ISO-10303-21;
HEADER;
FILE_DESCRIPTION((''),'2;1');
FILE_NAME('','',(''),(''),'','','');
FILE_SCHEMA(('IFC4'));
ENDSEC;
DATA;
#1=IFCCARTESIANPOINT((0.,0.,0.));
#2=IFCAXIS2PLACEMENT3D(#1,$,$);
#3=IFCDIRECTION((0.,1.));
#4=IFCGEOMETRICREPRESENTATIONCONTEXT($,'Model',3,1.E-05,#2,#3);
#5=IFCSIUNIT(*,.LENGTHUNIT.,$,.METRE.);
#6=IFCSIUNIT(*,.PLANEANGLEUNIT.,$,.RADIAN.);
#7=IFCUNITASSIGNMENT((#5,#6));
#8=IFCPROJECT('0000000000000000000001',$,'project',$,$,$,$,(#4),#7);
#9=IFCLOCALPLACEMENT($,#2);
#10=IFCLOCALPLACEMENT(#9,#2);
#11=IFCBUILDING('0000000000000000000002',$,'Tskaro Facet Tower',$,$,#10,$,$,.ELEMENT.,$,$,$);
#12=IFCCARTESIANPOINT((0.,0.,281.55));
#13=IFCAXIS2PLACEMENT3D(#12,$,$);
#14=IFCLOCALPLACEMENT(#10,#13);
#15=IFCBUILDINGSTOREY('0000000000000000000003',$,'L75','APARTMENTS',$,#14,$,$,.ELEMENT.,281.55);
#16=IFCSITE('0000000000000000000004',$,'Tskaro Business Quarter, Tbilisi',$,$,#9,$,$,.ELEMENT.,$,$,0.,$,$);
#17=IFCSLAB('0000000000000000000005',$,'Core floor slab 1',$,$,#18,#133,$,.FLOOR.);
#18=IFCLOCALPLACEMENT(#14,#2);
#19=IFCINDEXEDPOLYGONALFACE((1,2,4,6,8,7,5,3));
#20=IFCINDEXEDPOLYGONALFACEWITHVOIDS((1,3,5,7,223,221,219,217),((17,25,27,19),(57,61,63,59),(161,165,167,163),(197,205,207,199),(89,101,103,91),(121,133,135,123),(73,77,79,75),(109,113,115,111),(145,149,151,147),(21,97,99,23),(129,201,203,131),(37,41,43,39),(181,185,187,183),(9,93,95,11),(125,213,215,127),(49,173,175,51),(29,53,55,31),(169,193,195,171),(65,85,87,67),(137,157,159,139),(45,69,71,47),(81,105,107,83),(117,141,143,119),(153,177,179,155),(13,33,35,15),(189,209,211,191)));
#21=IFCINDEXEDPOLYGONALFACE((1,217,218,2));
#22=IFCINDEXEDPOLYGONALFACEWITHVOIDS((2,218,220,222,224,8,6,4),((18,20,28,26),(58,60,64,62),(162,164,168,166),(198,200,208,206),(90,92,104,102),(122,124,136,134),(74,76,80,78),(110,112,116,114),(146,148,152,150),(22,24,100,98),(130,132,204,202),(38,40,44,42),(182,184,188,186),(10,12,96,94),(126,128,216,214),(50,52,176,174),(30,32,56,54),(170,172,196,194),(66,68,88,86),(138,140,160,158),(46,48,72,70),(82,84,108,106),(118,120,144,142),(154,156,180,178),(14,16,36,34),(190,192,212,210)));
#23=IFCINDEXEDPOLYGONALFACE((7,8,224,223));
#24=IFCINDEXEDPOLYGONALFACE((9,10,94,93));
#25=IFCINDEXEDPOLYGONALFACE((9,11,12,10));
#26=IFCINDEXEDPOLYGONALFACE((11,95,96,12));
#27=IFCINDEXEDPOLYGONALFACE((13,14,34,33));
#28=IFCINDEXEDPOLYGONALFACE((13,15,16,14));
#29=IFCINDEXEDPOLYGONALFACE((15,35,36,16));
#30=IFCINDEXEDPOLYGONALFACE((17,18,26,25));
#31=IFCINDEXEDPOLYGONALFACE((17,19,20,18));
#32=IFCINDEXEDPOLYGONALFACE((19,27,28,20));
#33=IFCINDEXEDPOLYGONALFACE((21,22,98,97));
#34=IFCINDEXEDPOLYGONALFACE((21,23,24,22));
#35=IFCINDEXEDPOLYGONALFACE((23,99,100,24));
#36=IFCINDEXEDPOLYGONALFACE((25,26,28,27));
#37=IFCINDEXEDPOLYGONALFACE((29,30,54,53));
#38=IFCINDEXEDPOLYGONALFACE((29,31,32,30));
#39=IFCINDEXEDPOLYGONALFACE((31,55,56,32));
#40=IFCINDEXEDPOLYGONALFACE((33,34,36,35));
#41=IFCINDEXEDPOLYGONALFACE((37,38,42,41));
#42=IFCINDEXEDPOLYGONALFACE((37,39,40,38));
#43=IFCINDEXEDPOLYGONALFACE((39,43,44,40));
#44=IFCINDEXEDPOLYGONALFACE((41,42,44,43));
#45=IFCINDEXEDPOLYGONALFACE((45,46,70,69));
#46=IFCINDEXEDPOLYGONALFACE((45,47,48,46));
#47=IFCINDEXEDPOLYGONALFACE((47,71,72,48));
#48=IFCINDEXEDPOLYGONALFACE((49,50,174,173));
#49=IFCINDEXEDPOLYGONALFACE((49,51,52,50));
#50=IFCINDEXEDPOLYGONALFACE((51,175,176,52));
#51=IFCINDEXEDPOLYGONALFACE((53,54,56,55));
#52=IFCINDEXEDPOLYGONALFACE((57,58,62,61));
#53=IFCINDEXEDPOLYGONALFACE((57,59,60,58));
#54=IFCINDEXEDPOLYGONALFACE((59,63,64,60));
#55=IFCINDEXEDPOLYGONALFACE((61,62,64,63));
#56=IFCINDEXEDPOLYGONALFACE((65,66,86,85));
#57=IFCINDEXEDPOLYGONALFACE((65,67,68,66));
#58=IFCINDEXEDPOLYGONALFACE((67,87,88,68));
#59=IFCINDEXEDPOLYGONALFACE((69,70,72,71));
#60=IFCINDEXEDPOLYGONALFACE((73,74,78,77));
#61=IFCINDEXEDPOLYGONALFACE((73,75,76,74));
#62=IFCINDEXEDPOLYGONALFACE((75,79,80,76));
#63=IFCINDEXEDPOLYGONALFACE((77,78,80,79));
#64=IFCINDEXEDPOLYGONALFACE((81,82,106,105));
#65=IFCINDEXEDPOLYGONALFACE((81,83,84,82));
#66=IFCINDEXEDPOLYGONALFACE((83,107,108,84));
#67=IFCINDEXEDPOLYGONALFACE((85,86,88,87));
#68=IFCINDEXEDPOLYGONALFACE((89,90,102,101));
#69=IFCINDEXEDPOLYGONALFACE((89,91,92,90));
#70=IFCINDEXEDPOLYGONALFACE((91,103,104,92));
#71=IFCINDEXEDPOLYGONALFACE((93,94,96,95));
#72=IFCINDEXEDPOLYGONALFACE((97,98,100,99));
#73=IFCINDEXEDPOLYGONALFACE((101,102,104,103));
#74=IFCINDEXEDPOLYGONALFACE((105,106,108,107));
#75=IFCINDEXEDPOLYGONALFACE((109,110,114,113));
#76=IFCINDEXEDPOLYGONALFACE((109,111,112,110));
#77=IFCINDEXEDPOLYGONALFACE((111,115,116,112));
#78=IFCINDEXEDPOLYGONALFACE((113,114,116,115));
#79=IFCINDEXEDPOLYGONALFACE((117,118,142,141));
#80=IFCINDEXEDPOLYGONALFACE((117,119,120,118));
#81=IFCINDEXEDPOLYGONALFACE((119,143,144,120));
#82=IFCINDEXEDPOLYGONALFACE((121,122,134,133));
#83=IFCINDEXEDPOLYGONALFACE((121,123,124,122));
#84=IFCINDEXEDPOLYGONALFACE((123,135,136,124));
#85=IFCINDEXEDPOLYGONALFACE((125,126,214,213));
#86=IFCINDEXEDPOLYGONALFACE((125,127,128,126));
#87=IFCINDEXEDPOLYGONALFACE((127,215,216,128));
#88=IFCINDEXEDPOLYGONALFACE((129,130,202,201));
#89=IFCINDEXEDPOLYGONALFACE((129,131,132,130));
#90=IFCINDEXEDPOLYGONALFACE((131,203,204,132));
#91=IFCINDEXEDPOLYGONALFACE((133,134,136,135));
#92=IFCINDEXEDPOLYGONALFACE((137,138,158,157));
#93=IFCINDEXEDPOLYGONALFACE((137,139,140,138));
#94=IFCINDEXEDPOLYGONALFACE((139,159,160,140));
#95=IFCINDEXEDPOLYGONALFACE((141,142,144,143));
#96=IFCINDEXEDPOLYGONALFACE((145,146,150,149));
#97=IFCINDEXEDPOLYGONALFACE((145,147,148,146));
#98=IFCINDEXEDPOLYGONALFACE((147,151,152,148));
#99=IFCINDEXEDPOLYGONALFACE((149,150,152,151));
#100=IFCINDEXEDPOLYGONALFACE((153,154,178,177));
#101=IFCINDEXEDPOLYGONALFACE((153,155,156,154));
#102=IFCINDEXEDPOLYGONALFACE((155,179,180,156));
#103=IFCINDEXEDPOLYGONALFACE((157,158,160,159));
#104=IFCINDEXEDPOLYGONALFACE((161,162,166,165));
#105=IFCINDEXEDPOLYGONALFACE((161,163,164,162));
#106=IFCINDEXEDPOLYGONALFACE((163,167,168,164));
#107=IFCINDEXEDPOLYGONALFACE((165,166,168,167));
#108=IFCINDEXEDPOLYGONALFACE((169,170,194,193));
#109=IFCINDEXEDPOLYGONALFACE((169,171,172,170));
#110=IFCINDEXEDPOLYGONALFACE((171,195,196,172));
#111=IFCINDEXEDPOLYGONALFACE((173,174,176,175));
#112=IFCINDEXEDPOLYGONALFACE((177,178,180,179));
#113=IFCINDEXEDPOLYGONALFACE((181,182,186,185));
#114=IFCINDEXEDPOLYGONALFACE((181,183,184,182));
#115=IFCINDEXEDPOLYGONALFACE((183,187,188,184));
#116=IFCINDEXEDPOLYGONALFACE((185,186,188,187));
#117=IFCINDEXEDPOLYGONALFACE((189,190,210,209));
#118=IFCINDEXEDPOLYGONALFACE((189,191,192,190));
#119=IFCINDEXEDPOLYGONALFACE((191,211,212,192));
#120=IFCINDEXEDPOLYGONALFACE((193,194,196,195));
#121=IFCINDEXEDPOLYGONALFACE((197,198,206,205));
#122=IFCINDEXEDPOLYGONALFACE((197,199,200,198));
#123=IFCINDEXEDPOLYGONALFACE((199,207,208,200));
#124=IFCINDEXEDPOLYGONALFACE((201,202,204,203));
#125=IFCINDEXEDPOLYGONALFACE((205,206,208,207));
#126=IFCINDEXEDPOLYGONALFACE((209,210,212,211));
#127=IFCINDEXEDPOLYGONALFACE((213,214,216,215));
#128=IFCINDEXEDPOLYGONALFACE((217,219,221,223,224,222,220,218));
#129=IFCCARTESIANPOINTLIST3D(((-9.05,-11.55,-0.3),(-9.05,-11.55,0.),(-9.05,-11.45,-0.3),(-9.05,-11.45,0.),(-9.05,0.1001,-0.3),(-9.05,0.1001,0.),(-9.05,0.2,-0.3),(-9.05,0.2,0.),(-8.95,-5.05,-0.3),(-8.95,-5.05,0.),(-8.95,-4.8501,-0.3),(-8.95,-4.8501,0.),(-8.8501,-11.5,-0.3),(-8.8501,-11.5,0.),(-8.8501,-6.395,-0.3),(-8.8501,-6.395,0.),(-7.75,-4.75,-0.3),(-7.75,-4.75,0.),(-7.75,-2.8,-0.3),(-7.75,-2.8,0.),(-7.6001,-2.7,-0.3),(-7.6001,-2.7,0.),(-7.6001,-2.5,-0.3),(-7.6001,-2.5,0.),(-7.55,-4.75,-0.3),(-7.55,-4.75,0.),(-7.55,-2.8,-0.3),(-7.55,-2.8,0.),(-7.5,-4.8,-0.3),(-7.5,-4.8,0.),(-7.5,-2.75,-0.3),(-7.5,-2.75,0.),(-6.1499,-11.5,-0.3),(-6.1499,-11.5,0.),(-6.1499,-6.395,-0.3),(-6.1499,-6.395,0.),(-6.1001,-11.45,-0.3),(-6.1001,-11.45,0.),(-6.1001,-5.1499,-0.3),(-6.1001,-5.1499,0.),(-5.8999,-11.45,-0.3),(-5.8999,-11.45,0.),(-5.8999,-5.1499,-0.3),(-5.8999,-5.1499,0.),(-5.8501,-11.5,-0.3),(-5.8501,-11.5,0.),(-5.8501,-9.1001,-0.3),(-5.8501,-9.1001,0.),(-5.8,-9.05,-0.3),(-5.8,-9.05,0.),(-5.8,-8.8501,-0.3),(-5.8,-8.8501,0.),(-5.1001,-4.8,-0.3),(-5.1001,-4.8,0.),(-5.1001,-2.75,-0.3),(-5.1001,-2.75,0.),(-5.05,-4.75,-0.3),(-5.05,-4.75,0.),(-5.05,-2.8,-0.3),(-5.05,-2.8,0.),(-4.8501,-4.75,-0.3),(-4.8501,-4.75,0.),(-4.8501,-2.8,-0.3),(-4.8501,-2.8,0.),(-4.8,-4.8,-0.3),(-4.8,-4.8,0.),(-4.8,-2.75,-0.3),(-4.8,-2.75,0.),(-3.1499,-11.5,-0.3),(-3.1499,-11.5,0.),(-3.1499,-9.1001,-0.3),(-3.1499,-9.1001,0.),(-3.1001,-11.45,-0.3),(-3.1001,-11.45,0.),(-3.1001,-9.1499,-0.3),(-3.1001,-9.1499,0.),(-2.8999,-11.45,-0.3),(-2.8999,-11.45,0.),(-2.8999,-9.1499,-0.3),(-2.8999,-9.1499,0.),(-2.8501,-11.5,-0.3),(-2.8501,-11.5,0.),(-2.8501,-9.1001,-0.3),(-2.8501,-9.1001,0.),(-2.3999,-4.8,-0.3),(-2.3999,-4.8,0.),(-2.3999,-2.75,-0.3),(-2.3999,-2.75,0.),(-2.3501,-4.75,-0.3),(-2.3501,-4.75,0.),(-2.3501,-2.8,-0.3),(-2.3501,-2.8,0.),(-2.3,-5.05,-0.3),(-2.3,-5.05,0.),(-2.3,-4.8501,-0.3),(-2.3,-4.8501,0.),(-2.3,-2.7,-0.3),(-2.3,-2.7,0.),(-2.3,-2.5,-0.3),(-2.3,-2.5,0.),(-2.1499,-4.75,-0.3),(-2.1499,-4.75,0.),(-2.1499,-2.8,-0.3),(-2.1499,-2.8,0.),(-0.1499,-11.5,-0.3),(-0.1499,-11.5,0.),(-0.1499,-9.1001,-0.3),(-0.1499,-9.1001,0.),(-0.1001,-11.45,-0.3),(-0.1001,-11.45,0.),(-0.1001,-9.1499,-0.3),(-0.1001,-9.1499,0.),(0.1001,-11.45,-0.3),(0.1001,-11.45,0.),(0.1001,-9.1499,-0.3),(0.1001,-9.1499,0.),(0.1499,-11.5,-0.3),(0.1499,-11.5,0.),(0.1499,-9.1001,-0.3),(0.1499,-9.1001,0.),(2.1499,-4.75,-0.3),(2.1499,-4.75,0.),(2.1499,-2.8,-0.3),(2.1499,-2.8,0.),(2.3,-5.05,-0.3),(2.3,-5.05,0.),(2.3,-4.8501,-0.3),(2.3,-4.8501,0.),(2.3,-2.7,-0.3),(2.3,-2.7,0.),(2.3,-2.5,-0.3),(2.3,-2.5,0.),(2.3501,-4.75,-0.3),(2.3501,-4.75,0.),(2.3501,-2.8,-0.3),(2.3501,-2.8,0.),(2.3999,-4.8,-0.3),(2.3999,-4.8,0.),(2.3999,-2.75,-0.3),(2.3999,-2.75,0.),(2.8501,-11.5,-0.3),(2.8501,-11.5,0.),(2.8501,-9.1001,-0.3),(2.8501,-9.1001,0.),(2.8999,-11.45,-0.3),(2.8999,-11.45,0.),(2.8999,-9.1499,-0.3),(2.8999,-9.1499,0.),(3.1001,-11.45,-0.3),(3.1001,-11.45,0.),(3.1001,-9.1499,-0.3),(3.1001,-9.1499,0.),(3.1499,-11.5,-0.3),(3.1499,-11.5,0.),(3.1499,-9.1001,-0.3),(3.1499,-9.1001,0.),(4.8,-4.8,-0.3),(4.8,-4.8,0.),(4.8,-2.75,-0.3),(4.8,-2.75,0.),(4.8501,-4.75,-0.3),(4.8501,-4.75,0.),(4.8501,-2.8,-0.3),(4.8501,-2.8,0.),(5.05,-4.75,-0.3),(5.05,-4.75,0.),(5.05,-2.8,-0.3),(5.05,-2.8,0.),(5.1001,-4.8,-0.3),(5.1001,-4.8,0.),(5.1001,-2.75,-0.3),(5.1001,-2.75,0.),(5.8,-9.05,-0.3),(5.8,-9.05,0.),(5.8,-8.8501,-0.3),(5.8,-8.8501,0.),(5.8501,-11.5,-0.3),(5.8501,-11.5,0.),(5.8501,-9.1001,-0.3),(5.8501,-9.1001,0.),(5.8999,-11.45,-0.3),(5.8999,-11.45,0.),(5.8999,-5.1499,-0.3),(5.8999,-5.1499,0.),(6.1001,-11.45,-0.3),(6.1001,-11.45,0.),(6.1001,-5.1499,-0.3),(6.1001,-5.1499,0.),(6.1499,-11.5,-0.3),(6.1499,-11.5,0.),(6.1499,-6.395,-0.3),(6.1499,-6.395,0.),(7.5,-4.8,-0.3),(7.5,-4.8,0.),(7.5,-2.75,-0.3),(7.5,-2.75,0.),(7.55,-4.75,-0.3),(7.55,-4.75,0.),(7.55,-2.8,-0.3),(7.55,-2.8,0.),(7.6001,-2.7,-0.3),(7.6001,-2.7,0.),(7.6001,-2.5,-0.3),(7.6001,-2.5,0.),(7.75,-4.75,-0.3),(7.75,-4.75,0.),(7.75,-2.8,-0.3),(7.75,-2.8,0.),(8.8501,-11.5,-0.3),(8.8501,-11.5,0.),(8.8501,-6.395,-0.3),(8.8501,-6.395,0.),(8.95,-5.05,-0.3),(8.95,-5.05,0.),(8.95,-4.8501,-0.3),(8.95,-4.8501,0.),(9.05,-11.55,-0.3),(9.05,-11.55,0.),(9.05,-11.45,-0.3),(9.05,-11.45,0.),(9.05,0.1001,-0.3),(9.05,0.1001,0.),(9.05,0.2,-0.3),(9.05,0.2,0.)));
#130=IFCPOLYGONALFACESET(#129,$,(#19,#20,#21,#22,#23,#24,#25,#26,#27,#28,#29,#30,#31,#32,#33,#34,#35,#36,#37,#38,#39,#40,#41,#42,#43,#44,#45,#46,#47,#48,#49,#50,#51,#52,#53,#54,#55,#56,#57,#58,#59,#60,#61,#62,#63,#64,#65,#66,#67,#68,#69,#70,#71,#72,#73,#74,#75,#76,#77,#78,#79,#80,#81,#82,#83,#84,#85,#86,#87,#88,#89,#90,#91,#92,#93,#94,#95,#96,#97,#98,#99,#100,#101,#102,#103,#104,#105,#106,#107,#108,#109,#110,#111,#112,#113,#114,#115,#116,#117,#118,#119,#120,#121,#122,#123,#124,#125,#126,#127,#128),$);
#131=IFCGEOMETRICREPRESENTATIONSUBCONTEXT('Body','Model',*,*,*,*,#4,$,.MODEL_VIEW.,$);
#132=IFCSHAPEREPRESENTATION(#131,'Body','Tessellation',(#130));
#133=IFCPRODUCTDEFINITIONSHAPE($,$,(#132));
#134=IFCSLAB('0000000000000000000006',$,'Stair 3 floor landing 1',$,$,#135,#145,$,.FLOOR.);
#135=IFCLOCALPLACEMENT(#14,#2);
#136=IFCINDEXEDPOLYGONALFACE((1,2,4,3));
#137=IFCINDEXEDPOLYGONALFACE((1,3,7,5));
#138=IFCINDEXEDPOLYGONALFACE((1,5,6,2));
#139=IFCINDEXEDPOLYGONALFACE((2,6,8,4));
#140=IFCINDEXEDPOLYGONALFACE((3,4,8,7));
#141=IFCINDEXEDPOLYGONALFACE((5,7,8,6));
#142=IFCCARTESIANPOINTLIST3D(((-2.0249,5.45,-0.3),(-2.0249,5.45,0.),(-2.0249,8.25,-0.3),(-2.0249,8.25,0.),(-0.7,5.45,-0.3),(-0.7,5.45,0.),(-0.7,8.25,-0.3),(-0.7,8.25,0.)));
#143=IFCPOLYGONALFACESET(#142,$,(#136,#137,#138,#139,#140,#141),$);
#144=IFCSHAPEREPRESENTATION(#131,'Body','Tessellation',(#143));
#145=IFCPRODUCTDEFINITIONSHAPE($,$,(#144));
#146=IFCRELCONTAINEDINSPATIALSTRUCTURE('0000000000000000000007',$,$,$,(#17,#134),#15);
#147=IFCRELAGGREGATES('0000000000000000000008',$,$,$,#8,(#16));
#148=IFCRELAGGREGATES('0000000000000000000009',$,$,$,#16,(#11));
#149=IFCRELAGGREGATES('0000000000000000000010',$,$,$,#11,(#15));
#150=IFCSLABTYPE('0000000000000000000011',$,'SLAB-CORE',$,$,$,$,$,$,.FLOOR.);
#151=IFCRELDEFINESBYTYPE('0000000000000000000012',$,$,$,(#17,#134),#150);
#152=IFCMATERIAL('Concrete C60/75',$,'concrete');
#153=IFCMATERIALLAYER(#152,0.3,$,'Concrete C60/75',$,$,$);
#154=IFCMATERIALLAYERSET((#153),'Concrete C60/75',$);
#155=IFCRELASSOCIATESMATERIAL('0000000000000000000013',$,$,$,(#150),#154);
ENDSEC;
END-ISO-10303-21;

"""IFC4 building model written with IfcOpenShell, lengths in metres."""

from ifc_helpers import new_model, si_unit, direction, frame, origin, place, context, subcontext, project, spatial, polyline, outline, extrude, material, layer, layer_set, type_object, element, save


model = new_model("IFC4")

# Units and contexts
model_context = context("Model", 3, precision=1e-05, world=origin(), true_north=direction((0.0, 1.0)))
body_context = subcontext(model_context, "Body", "Model", "MODEL_VIEW")
ifc_project = project(units=[si_unit("LENGTHUNIT", "METRE"), si_unit("PLANEANGLEUNIT", "RADIAN")], contexts=[model_context])

# Site, building, storey
site_placement = place(None, origin())
site = spatial("IfcSite", under=ifc_project, at=site_placement, Name="Tskaro Business Quarter, Tbilisi", CompositionType="ELEMENT", RefElevation=0.0)
building_placement = place(site_placement, origin())
building = spatial("IfcBuilding", under=site, at=building_placement, Name="Tskaro Facet Tower", CompositionType="ELEMENT")
storey_placement = place(building_placement, frame((0.0, 0.0, 281.55)))
storey = spatial("IfcBuildingStorey", under=building, at=storey_placement, Name="L75", Description="APARTMENTS", CompositionType="ELEMENT", Elevation=281.55)

# Slabs
ifc_material_1 = material(Name="Concrete C60/75", Category="concrete")
ifc_layer_1 = layer(ifc_material_1, 0.3, Name="Concrete C60/75")
ifc_layer_set_1 = layer_set([ifc_layer_1], Name="Concrete C60/75")
slab_type_1 = type_object("IfcSlabType", Name="SLAB-CORE", PredefinedType="FLOOR", material=ifc_layer_set_1)
slab_1_placement = place(storey_placement, frame((0.0, 0.0, -0.3)))
element("IfcSlab", 1, at=slab_1_placement, inside=storey, type_object=slab_type_1, Name="Core floor slab 1", PredefinedType="FLOOR", context=body_context, shape_type="SweptSolid", body=[
    extrude(outline(polyline([(-9.05, 0.2), (9.05, 0.2), (9.05, 0.1001), (9.05, -11.45), (9.05, -11.55), (-9.05, -11.55), (-9.05, -11.45), (-9.05, 0.1001), (-9.05, 0.2)]), holes=[polyline([(-5.8501, -9.1001), (-5.8501, -11.5), (-3.1499, -11.5), (-3.1499, -9.1001), (-5.8501, -9.1001)]), polyline([(-3.1001, -11.45), (-2.8999, -11.45), (-2.8999, -9.1499), (-3.1001, -9.1499), (-3.1001, -11.45)]), polyline([(-2.8501, -9.1001), (-2.8501, -11.5), (-0.1499, -11.5), (-0.1499, -9.1001), (-2.8501, -9.1001)]), polyline([(-6.1001, -11.45), (-5.8999, -11.45), (-5.8999, -5.1499), (-6.1001, -5.1499), (-6.1001, -11.45)]), polyline([(-8.95, -5.05), (-2.3, -5.05), (-2.3, -4.8501), (-8.95, -4.8501), (-8.95, -5.05)]), polyline([(-7.75, -4.75), (-7.55, -4.75), (-7.55, -2.8), (-7.75, -2.8), (-7.75, -4.75)]), polyline([(-7.5, -4.8), (-5.1001, -4.8), (-5.1001, -2.75), (-7.5, -2.75), (-7.5, -4.8)]), polyline([(-5.05, -4.75), (-4.8501, -4.75), (-4.8501, -2.8), (-5.05, -2.8), (-5.05, -4.75)]), polyline([(-2.3999, -4.8), (-2.3999, -2.75), (-4.8, -2.75), (-4.8, -4.8), (-2.3999, -4.8)]), polyline([(-2.3501, -4.75), (-2.1499, -4.75), (-2.1499, -2.8), (-2.3501, -2.8), (-2.3501, -4.75)]), polyline([(-7.6001, -2.7), (-2.3, -2.7), (-2.3, -2.5), (-7.6001, -2.5), (-7.6001, -2.7)]), polyline([(-0.1001, -11.45), (0.1001, -11.45), (0.1001, -9.1499), (-0.1001, -9.1499), (-0.1001, -11.45)]), polyline([(0.1499, -9.1001), (0.1499, -11.5), (2.8501, -11.5), (2.8501, -9.1001), (0.1499, -9.1001)]), polyline([(2.8999, -11.45), (3.1001, -11.45), (3.1001, -9.1499), (2.8999, -9.1499), (2.8999, -11.45)]), polyline([(3.1499, -9.1001), (3.1499, -11.5), (5.8501, -11.5), (5.8501, -9.1001), (3.1499, -9.1001)]), polyline([(-5.8, -9.05), (5.8, -9.05), (5.8, -8.8501), (-5.8, -8.8501), (-5.8, -9.05)]), polyline([(5.8999, -11.45), (6.1001, -11.45), (6.1001, -5.1499), (5.8999, -5.1499), (5.8999, -11.45)]), polyline([(2.3, -5.05), (8.95, -5.05), (8.95, -4.8501), (2.3, -4.8501), (2.3, -5.05)]), polyline([(2.1499, -4.75), (2.3501, -4.75), (2.3501, -2.8), (2.1499, -2.8), (2.1499, -4.75)]), polyline([(4.8, -2.75), (2.3999, -2.75), (2.3999, -4.8), (4.8, -4.8), (4.8, -2.75)]), polyline([(4.8501, -4.75), (5.05, -4.75), (5.05, -2.8), (4.8501, -2.8), (4.8501, -4.75)]), polyline([(7.5, -2.75), (5.1001, -2.75), (5.1001, -4.8), (7.5, -4.8), (7.5, -2.75)]), polyline([(7.55, -4.75), (7.75, -4.75), (7.75, -2.8), (7.55, -2.8), (7.55, -4.75)]), polyline([(2.3, -2.7), (7.6001, -2.7), (7.6001, -2.5), (2.3, -2.5), (2.3, -2.7)]), polyline([(-8.8501, -11.5), (-6.1499, -11.5), (-6.1499, -6.395), (-8.8501, -6.395), (-8.8501, -11.5)]), polyline([(6.1499, -6.395), (6.1499, -11.5), (8.8501, -11.5), (8.8501, -6.395), (6.1499, -6.395)])]), origin(), (0.0, 0.0, 1.0), 0.3),
])
slab_2_placement = place(storey_placement, frame((0.0, 0.0, -0.3)))
element("IfcSlab", 2, at=slab_2_placement, inside=storey, type_object=slab_type_1, Name="Stair 3 floor landing 1", PredefinedType="FLOOR", context=body_context, shape_type="SweptSolid", body=[
    extrude(outline(polyline([(-2.0249, 5.45), (-0.7, 5.45), (-0.7, 8.25), (-2.0249, 8.25), (-2.0249, 5.45)])), origin(), (0.0, 0.0, 1.0), 0.3),
])

save(model, "model.ifc")
